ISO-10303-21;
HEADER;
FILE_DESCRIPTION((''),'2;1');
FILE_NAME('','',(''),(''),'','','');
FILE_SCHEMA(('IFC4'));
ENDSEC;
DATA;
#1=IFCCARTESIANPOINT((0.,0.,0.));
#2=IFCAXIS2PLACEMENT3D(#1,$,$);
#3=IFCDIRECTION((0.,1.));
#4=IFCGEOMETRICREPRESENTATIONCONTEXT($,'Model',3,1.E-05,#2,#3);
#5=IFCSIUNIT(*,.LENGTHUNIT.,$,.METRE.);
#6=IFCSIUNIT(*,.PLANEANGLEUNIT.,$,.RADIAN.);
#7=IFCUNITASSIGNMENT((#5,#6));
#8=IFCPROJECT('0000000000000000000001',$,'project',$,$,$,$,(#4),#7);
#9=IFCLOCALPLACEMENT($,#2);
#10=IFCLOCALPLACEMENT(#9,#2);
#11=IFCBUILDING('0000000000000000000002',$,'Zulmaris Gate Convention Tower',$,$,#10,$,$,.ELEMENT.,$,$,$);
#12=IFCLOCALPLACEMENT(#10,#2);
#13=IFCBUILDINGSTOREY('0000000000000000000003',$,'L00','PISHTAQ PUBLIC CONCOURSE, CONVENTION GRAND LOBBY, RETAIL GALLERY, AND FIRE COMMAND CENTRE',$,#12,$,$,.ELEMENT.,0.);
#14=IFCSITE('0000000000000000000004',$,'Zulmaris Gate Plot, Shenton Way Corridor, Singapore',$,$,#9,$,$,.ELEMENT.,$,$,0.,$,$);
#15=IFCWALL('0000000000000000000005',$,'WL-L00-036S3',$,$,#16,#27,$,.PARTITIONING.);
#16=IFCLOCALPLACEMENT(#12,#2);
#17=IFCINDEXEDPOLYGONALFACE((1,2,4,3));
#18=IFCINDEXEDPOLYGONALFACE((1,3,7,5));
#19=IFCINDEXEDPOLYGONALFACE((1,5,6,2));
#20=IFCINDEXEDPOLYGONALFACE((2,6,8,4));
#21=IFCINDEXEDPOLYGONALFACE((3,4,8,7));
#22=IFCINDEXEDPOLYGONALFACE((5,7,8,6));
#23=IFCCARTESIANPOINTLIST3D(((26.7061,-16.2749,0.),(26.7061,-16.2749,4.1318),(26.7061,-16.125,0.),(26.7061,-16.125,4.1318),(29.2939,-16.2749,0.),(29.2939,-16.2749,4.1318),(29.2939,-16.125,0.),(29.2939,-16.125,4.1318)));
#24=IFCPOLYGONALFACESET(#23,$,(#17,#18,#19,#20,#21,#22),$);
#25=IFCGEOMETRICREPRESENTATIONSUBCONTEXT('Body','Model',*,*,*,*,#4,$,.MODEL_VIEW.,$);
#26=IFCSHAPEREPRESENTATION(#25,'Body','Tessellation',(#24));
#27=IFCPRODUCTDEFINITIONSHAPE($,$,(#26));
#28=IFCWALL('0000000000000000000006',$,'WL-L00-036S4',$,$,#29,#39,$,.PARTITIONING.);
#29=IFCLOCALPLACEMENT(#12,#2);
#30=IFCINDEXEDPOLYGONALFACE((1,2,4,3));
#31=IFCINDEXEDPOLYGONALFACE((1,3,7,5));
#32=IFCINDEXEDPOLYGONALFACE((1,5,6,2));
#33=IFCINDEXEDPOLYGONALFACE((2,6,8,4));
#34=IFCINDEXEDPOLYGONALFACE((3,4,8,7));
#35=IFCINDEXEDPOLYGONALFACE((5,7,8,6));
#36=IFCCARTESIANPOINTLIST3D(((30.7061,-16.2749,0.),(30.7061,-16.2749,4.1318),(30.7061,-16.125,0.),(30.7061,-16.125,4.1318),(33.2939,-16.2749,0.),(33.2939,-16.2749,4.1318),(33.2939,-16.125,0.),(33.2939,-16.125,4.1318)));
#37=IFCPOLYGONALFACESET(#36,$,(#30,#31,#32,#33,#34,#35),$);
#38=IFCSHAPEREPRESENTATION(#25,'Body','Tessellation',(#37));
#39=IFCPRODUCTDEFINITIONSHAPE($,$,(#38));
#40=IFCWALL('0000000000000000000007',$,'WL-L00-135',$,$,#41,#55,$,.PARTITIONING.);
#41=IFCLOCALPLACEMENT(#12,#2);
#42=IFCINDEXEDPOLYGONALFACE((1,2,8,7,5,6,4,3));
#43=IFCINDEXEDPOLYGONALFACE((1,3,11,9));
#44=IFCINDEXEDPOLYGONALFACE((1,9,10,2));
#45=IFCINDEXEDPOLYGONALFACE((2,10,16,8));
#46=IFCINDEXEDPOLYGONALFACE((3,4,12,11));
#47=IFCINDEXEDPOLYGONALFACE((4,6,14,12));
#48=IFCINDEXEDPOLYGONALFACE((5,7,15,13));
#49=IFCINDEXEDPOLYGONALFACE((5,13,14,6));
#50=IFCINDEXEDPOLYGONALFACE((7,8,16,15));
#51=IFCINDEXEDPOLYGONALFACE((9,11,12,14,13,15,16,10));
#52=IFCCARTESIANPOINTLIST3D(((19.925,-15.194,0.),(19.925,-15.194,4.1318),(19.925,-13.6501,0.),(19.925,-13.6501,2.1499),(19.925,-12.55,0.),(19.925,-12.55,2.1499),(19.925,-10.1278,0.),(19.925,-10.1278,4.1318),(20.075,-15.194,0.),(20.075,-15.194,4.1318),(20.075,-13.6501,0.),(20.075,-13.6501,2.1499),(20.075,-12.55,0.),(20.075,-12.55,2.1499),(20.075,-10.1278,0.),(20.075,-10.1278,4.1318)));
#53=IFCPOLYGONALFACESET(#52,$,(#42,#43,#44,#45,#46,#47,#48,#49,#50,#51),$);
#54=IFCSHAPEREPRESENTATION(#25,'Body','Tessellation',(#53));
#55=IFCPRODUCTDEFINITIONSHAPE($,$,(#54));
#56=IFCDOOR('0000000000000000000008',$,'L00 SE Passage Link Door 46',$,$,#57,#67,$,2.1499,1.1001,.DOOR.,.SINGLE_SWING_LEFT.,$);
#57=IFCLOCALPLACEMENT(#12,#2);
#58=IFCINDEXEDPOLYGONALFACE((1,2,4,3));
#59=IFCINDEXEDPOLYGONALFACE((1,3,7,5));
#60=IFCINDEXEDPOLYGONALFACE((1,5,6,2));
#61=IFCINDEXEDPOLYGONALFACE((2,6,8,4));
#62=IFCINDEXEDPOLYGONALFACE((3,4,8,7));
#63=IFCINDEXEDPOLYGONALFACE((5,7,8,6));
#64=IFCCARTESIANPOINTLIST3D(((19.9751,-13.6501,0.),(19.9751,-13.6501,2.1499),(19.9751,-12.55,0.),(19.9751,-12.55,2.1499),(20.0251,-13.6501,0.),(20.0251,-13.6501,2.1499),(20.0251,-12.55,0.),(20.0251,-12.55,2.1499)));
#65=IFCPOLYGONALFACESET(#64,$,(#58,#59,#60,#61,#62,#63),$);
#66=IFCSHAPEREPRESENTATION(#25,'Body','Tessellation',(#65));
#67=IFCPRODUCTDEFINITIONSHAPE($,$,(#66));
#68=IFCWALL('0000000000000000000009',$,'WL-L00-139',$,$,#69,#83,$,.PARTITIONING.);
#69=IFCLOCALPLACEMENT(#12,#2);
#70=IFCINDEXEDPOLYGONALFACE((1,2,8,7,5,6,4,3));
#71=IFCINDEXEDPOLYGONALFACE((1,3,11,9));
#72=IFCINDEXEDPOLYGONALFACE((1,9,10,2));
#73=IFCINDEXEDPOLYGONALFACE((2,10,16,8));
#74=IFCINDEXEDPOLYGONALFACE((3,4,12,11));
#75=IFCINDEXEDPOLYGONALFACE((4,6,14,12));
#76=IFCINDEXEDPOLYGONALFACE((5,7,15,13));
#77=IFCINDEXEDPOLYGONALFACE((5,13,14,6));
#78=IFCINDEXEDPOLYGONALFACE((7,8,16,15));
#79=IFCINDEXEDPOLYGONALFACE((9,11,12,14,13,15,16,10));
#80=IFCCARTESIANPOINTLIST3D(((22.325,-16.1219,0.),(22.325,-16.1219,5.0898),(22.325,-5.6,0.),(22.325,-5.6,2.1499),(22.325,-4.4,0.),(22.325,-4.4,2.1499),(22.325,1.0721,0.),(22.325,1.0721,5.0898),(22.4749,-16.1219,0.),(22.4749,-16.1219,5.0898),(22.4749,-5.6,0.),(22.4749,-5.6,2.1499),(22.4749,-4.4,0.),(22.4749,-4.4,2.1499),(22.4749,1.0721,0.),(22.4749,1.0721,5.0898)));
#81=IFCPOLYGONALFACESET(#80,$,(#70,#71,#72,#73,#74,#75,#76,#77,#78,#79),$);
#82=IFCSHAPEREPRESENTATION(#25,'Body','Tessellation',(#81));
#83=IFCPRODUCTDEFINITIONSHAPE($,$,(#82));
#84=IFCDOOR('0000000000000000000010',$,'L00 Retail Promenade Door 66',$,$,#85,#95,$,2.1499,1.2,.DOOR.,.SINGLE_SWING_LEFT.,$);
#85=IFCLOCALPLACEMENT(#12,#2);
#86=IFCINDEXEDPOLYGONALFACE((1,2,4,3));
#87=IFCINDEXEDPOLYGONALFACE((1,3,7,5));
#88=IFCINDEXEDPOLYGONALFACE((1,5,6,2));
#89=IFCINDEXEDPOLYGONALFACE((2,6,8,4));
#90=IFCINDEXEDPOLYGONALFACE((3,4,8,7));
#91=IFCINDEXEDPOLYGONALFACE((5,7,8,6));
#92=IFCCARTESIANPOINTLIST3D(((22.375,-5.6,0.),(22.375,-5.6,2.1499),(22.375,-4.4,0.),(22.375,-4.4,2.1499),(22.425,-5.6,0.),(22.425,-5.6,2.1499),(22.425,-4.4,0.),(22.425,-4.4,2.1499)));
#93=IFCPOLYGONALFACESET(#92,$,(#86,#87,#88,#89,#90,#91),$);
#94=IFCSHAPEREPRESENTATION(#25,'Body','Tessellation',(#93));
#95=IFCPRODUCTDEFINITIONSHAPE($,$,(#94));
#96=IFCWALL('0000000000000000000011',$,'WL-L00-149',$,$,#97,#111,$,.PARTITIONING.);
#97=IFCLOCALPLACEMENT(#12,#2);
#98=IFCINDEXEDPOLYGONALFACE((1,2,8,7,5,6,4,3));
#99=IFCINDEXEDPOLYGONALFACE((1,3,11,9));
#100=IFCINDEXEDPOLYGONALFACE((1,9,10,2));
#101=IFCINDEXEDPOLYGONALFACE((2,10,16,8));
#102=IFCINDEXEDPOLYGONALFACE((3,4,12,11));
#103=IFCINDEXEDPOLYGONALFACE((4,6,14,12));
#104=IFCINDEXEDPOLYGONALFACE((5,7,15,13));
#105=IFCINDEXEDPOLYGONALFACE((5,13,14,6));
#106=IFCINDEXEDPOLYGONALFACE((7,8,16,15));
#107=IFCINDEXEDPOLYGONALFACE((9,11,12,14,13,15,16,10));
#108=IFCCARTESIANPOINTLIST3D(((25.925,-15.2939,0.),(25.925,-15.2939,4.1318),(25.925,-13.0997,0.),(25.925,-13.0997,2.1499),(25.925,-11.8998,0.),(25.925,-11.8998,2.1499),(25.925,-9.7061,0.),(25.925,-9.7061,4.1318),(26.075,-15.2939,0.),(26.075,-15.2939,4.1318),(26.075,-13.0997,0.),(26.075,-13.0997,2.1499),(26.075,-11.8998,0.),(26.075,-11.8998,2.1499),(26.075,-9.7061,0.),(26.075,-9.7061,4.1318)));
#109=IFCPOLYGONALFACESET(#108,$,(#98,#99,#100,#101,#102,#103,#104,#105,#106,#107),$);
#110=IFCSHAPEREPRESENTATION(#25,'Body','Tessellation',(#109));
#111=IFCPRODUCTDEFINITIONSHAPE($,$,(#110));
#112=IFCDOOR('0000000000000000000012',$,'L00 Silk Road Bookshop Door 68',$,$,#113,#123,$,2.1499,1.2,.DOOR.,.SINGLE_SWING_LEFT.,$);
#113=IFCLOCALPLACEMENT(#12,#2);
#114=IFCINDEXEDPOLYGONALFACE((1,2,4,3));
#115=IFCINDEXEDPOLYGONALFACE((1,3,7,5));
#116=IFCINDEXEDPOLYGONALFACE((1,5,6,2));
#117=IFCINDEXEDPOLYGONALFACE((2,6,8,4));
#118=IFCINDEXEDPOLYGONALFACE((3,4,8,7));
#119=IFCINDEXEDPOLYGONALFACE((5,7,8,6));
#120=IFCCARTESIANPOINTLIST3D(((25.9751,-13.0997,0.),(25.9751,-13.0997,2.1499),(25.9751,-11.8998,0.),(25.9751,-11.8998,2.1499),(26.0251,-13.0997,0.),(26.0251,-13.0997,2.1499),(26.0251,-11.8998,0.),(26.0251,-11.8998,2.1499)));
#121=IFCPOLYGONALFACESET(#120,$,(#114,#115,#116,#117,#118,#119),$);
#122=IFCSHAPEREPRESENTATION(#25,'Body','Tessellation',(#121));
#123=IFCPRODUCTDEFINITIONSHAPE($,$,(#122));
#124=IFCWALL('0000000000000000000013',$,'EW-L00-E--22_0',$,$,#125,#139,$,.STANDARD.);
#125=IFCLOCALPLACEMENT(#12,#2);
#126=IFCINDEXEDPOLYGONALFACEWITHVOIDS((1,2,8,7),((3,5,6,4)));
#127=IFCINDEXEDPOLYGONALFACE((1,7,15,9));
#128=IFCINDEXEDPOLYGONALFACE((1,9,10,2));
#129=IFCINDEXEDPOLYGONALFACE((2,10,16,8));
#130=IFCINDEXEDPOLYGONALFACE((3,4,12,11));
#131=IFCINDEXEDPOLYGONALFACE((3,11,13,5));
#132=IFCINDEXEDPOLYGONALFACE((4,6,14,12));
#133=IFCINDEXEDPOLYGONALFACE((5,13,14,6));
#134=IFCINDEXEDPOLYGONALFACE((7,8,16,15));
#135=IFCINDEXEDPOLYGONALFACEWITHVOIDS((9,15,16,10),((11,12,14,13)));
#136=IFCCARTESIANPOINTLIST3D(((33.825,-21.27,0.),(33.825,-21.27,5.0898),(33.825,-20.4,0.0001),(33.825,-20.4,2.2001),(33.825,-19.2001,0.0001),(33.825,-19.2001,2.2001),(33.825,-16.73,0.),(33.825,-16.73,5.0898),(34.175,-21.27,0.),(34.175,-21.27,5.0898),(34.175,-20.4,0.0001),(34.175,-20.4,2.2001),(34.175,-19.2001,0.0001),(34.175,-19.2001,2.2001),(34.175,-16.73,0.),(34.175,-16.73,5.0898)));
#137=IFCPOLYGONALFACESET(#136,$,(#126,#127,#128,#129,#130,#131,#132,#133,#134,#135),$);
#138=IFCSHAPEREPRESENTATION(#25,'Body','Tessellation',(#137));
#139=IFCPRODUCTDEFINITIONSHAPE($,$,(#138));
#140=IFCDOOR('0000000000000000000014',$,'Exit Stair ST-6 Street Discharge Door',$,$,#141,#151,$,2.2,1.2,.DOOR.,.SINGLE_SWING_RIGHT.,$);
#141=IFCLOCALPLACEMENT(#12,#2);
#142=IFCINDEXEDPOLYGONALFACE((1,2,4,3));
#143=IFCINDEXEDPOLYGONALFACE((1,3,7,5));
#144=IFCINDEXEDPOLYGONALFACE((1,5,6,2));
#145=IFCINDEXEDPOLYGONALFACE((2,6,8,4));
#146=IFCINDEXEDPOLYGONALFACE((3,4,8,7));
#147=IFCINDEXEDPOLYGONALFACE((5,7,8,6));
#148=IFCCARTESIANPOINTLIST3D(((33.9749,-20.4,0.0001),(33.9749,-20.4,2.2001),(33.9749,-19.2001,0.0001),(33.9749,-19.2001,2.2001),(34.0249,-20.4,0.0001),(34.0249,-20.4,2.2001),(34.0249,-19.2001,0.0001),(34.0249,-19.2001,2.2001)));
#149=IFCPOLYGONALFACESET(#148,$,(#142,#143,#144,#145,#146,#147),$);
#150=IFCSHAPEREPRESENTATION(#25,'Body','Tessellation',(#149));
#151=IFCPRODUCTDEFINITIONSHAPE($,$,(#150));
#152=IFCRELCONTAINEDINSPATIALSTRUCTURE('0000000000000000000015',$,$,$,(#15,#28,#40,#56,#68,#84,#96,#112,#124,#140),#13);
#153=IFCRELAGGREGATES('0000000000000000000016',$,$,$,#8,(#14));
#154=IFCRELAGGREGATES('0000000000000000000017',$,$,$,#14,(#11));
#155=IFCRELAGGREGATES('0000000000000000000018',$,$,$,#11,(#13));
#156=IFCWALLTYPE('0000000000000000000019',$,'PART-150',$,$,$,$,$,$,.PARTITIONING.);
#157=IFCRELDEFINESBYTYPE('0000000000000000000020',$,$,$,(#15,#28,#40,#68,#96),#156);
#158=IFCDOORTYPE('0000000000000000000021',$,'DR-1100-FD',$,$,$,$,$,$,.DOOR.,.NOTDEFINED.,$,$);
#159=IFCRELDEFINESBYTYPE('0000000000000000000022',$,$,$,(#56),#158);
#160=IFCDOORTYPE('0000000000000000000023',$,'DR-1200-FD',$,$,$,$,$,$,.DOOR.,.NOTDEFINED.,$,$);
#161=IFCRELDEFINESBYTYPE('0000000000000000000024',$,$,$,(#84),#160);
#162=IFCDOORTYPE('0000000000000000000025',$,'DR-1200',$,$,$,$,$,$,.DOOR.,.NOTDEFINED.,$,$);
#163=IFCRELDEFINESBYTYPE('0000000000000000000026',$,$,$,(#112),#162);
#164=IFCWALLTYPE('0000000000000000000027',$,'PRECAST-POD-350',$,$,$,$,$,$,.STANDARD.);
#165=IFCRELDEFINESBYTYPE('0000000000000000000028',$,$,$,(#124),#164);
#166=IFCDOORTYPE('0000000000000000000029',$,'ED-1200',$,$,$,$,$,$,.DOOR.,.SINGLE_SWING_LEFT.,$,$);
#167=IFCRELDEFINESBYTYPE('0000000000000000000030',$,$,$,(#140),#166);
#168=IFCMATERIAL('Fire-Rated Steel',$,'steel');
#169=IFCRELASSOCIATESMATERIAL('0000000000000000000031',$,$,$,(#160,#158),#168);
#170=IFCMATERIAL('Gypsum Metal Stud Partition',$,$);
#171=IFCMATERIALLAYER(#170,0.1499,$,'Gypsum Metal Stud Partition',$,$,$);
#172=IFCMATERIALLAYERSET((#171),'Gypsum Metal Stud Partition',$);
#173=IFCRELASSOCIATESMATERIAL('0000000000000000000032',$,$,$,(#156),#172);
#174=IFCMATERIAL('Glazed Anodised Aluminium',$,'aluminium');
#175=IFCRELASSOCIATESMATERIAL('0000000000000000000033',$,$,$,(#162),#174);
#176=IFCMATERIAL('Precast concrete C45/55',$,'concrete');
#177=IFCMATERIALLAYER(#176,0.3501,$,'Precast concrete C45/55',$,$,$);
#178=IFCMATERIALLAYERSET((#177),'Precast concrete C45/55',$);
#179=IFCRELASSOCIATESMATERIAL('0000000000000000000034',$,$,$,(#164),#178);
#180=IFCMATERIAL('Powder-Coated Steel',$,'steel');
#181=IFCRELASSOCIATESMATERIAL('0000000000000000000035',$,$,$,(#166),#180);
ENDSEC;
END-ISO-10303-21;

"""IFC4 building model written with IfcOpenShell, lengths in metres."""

from ifc_helpers import new_model, si_unit, direction, frame, frame_2d, origin, place, context, subcontext, project, spatial, rectangle, extrude, material, layer, layer_set, type_object, element, fill, save


model = new_model("IFC4")

# Units and contexts
model_context = context("Model", 3, precision=1e-05, world=origin(), true_north=direction((0.0, 1.0)))
body_context = subcontext(model_context, "Body", "Model", "MODEL_VIEW")
ifc_project = project(units=[si_unit("LENGTHUNIT", "METRE"), si_unit("PLANEANGLEUNIT", "RADIAN")], contexts=[model_context])

# Site, building, storey
site_placement = place(None, origin())
site = spatial("IfcSite", under=ifc_project, at=site_placement, Name="Zulmaris Gate Plot, Shenton Way Corridor, Singapore", CompositionType="ELEMENT", RefElevation=0.0)
building_placement = place(site_placement, origin())
building = spatial("IfcBuilding", under=site, at=building_placement, Name="Zulmaris Gate Convention Tower", CompositionType="ELEMENT")
storey_placement = place(building_placement, origin())
storey = spatial("IfcBuildingStorey", under=building, at=storey_placement, Name="L00", Description="PISHTAQ PUBLIC CONCOURSE, CONVENTION GRAND LOBBY, RETAIL GALLERY, AND FIRE COMMAND CENTRE", CompositionType="ELEMENT", Elevation=0.0)

# Shared definitions
ifc_material_1 = material(Name="Fire-Rated Steel", Category="steel")
door_type_1 = type_object("IfcDoorType", Name="DR-1200-FD", OperationType="NOTDEFINED", PredefinedType="DOOR", material=ifc_material_1)

# Shared definitions
ifc_material_2 = material(Name="Gypsum Metal Stud Partition")
ifc_layer_1 = layer(ifc_material_2, 0.1499, Name="Gypsum Metal Stud Partition")
ifc_layer_set_1 = layer_set([ifc_layer_1], Name="Gypsum Metal Stud Partition")
wall_type_1 = type_object("IfcWallType", Name="PART-150", PredefinedType="PARTITIONING", material=ifc_layer_set_1)
door_type_2 = type_object("IfcDoorType", Name="DR-1100-FD", OperationType="NOTDEFINED", PredefinedType="DOOR", material=ifc_material_1)

# Walls
for number, where, z_axis, x_axis, name in (
    (1, (26.7061, -16.2, 0.0), (0.0, 0.0, 1.0), (1.0, 0.0, 0.0), "WL-L00-036S3"),
    (2, (30.7061, -16.2, 0.0), (0.0, 0.0, 1.0), (1.0, 0.0, 0.0), "WL-L00-036S4"),
):
    element("IfcWall", number, at=place(storey_placement, frame(where, z_axis=z_axis, x_axis=x_axis)), inside=storey, type_object=wall_type_1, Name=name, PredefinedType="PARTITIONING", context=body_context, shape_type="SweptSolid", body=[
        extrude(rectangle(XDim=2.5879, YDim=0.1499, at=frame_2d((1.2939, 0.0))), origin(), (0.0, 0.0, 1.0), 4.1318),
    ])

# Walls, openings, doors
wall_1_placement = place(storey_placement, frame((20.0, -15.1941, 0.0), z_axis=(0.0, 0.0, 1.0), x_axis=(0.0, 1.0, 0.0)))
wall_1 = element("IfcWall", 3, at=wall_1_placement, inside=storey, type_object=wall_type_1, Name="WL-L00-135", PredefinedType="PARTITIONING", context=body_context, shape_type="SweptSolid", body=[
    extrude(rectangle(XDim=5.0662, YDim=0.1499, at=frame_2d((2.5332, 0.0))), origin(), (0.0, 0.0, 1.0), 4.1318),
])
opening_1_placement = place(wall_1_placement, frame((1.5439, 0.0, 0.0)))
opening_1 = element("IfcOpeningElement", 4, at=opening_1_placement, cuts=wall_1, PredefinedType="OPENING", context=body_context, shape_type="SweptSolid", body=[
    extrude(rectangle(XDim=1.1001, YDim=2.1499, at=frame_2d((0.55, 1.075))), frame((0.0, 0.085, 0.0), z_axis=(0.0, -1.0, 0.0), x_axis=(1.0, 0.0, 0.0)), (0.0, 0.0, 1.0), 0.1699),
])
door_1_placement = place(opening_1_placement, origin())
door_1 = element("IfcDoor", 5, at=door_1_placement, inside=storey, type_object=door_type_2, Name="L00 SE Passage Link Door 46", OperationType="SINGLE_SWING_LEFT", OverallHeight=2.1499, OverallWidth=1.1001, PredefinedType="DOOR", context=body_context, shape_type="SweptSolid", body=[
    extrude(rectangle(XDim=1.1001, YDim=2.1499, at=frame_2d((0.55, 1.075))), frame((0.0, 0.0249, 0.0), z_axis=(0.0, -1.0, 0.0), x_axis=(1.0, 0.0, 0.0)), (0.0, 0.0, 1.0), 0.05),
])
fill(opening_1, door_1)
wall_2_placement = place(storey_placement, frame((22.3999, -16.1221, 0.0), z_axis=(0.0, 0.0, 1.0), x_axis=(0.0, 1.0, 0.0)))
wall_2 = element("IfcWall", 6, at=wall_2_placement, inside=storey, type_object=wall_type_1, Name="WL-L00-139", PredefinedType="PARTITIONING", context=body_context, shape_type="SweptSolid", body=[
    extrude(rectangle(XDim=17.1941, YDim=0.1499, at=frame_2d((8.5972, 0.0))), origin(), (0.0, 0.0, 1.0), 5.0898),
])
opening_2_placement = place(wall_2_placement, frame((10.522, 0.0, 0.0)))
opening_2 = element("IfcOpeningElement", 7, at=opening_2_placement, cuts=wall_2, PredefinedType="OPENING", context=body_context, shape_type="SweptSolid", body=[
    extrude(rectangle(XDim=1.2, YDim=2.1499, at=frame_2d((0.6001, 1.075))), frame((0.0, 0.085, 0.0), z_axis=(0.0, -1.0, 0.0), x_axis=(1.0, 0.0, 0.0)), (0.0, 0.0, 1.0), 0.1699),
])
door_2_placement = place(opening_2_placement, origin())
door_2 = element("IfcDoor", 8, at=door_2_placement, inside=storey, type_object=door_type_1, Name="L00 Retail Promenade Door 66", OperationType="SINGLE_SWING_LEFT", OverallHeight=2.1499, OverallWidth=1.2, PredefinedType="DOOR", context=body_context, shape_type="SweptSolid", body=[
    extrude(rectangle(XDim=1.2, YDim=2.1499, at=frame_2d((0.6001, 1.075))), frame((0.0, 0.0249, 0.0), z_axis=(0.0, -1.0, 0.0), x_axis=(1.0, 0.0, 0.0)), (0.0, 0.0, 1.0), 0.05),
])
fill(opening_2, door_2)
wall_3_placement = place(storey_placement, frame((26.0, -15.2939, 0.0), z_axis=(0.0, 0.0, 1.0), x_axis=(0.0, 1.0, 0.0)))
wall_3 = element("IfcWall", 9, at=wall_3_placement, inside=storey, type_object=wall_type_1, Name="WL-L00-149", PredefinedType="PARTITIONING", context=body_context, shape_type="SweptSolid", body=[
    extrude(rectangle(XDim=5.5879, YDim=0.1499, at=frame_2d((2.7939, 0.0))), origin(), (0.0, 0.0, 1.0), 4.1318),
])
opening_3_placement = place(wall_3_placement, frame((2.1941, 0.0, 0.0)))
opening_3 = element("IfcOpeningElement", 10, at=opening_3_placement, cuts=wall_3, PredefinedType="OPENING", context=body_context, shape_type="SweptSolid", body=[
    extrude(rectangle(XDim=1.2, YDim=2.1499, at=frame_2d((0.6001, 1.075))), frame((0.0, 0.085, 0.0), z_axis=(0.0, -1.0, 0.0), x_axis=(1.0, 0.0, 0.0)), (0.0, 0.0, 1.0), 0.1699),
])
ifc_material_3 = material(Name="Glazed Anodised Aluminium", Category="aluminium")
door_type_3 = type_object("IfcDoorType", Name="DR-1200", OperationType="NOTDEFINED", PredefinedType="DOOR", material=ifc_material_3)
door_3_placement = place(opening_3_placement, origin())
door_3 = element("IfcDoor", 11, at=door_3_placement, inside=storey, type_object=door_type_3, Name="L00 Silk Road Bookshop Door 68", OperationType="SINGLE_SWING_LEFT", OverallHeight=2.1499, OverallWidth=1.2, PredefinedType="DOOR", context=body_context, shape_type="SweptSolid", body=[
    extrude(rectangle(XDim=1.2, YDim=2.1499, at=frame_2d((0.6001, 1.075))), frame((0.0, 0.0249, 0.0), z_axis=(0.0, -1.0, 0.0), x_axis=(1.0, 0.0, 0.0)), (0.0, 0.0, 1.0), 0.05),
])
fill(opening_3, door_3)
ifc_material_4 = material(Name="Precast concrete C45/55", Category="concrete")
ifc_layer_2 = layer(ifc_material_4, 0.3501, Name="Precast concrete C45/55")
ifc_layer_set_2 = layer_set([ifc_layer_2], Name="Precast concrete C45/55")
wall_type_2 = type_object("IfcWallType", Name="PRECAST-POD-350", PredefinedType="STANDARD", material=ifc_layer_set_2)
wall_4_placement = place(storey_placement, frame((34.0, -16.73, 0.0), z_axis=(0.0, 0.0, 1.0), x_axis=(0.0, -1.0, 0.0)))
wall_4 = element("IfcWall", 12, at=wall_4_placement, inside=storey, type_object=wall_type_2, Name="EW-L00-E--22_0", PredefinedType="STANDARD", context=body_context, shape_type="SweptSolid", body=[
    extrude(rectangle(XDim=4.54, YDim=0.3501, at=frame_2d((2.27, 0.0))), origin(), (0.0, 0.0, 1.0), 5.0898),
])
opening_4_placement = place(wall_4_placement, frame((2.47, 0.0, 0.0)))
opening_4 = element("IfcOpeningElement", 13, at=opening_4_placement, cuts=wall_4, PredefinedType="OPENING", context=body_context, shape_type="SweptSolid", body=[
    extrude(rectangle(XDim=1.2, YDim=2.2, at=frame_2d((0.6001, 1.1001))), frame((0.0, 0.1851, 0.0), z_axis=(0.0, -1.0, 0.0), x_axis=(1.0, 0.0, 0.0)), (0.0, 0.0, 1.0), 0.3701),
])
ifc_material_5 = material(Name="Powder-Coated Steel", Category="steel")
door_type_4 = type_object("IfcDoorType", Name="ED-1200", OperationType="SINGLE_SWING_LEFT", PredefinedType="DOOR", material=ifc_material_5)
door_4_placement = place(opening_4_placement, origin())
door_4 = element("IfcDoor", 14, at=door_4_placement, inside=storey, type_object=door_type_4, Name="Exit Stair ST-6 Street Discharge Door", OperationType="SINGLE_SWING_RIGHT", OverallHeight=2.2, OverallWidth=1.2, PredefinedType="DOOR", context=body_context, shape_type="SweptSolid", body=[
    extrude(rectangle(XDim=1.2, YDim=2.2, at=frame_2d((0.6001, 1.1001))), frame((0.0, 0.0249, 0.0), z_axis=(0.0, -1.0, 0.0), x_axis=(1.0, 0.0, 0.0)), (0.0, 0.0, 1.0), 0.05),
])
fill(opening_4, door_4)

save(model, "model.ifc")
